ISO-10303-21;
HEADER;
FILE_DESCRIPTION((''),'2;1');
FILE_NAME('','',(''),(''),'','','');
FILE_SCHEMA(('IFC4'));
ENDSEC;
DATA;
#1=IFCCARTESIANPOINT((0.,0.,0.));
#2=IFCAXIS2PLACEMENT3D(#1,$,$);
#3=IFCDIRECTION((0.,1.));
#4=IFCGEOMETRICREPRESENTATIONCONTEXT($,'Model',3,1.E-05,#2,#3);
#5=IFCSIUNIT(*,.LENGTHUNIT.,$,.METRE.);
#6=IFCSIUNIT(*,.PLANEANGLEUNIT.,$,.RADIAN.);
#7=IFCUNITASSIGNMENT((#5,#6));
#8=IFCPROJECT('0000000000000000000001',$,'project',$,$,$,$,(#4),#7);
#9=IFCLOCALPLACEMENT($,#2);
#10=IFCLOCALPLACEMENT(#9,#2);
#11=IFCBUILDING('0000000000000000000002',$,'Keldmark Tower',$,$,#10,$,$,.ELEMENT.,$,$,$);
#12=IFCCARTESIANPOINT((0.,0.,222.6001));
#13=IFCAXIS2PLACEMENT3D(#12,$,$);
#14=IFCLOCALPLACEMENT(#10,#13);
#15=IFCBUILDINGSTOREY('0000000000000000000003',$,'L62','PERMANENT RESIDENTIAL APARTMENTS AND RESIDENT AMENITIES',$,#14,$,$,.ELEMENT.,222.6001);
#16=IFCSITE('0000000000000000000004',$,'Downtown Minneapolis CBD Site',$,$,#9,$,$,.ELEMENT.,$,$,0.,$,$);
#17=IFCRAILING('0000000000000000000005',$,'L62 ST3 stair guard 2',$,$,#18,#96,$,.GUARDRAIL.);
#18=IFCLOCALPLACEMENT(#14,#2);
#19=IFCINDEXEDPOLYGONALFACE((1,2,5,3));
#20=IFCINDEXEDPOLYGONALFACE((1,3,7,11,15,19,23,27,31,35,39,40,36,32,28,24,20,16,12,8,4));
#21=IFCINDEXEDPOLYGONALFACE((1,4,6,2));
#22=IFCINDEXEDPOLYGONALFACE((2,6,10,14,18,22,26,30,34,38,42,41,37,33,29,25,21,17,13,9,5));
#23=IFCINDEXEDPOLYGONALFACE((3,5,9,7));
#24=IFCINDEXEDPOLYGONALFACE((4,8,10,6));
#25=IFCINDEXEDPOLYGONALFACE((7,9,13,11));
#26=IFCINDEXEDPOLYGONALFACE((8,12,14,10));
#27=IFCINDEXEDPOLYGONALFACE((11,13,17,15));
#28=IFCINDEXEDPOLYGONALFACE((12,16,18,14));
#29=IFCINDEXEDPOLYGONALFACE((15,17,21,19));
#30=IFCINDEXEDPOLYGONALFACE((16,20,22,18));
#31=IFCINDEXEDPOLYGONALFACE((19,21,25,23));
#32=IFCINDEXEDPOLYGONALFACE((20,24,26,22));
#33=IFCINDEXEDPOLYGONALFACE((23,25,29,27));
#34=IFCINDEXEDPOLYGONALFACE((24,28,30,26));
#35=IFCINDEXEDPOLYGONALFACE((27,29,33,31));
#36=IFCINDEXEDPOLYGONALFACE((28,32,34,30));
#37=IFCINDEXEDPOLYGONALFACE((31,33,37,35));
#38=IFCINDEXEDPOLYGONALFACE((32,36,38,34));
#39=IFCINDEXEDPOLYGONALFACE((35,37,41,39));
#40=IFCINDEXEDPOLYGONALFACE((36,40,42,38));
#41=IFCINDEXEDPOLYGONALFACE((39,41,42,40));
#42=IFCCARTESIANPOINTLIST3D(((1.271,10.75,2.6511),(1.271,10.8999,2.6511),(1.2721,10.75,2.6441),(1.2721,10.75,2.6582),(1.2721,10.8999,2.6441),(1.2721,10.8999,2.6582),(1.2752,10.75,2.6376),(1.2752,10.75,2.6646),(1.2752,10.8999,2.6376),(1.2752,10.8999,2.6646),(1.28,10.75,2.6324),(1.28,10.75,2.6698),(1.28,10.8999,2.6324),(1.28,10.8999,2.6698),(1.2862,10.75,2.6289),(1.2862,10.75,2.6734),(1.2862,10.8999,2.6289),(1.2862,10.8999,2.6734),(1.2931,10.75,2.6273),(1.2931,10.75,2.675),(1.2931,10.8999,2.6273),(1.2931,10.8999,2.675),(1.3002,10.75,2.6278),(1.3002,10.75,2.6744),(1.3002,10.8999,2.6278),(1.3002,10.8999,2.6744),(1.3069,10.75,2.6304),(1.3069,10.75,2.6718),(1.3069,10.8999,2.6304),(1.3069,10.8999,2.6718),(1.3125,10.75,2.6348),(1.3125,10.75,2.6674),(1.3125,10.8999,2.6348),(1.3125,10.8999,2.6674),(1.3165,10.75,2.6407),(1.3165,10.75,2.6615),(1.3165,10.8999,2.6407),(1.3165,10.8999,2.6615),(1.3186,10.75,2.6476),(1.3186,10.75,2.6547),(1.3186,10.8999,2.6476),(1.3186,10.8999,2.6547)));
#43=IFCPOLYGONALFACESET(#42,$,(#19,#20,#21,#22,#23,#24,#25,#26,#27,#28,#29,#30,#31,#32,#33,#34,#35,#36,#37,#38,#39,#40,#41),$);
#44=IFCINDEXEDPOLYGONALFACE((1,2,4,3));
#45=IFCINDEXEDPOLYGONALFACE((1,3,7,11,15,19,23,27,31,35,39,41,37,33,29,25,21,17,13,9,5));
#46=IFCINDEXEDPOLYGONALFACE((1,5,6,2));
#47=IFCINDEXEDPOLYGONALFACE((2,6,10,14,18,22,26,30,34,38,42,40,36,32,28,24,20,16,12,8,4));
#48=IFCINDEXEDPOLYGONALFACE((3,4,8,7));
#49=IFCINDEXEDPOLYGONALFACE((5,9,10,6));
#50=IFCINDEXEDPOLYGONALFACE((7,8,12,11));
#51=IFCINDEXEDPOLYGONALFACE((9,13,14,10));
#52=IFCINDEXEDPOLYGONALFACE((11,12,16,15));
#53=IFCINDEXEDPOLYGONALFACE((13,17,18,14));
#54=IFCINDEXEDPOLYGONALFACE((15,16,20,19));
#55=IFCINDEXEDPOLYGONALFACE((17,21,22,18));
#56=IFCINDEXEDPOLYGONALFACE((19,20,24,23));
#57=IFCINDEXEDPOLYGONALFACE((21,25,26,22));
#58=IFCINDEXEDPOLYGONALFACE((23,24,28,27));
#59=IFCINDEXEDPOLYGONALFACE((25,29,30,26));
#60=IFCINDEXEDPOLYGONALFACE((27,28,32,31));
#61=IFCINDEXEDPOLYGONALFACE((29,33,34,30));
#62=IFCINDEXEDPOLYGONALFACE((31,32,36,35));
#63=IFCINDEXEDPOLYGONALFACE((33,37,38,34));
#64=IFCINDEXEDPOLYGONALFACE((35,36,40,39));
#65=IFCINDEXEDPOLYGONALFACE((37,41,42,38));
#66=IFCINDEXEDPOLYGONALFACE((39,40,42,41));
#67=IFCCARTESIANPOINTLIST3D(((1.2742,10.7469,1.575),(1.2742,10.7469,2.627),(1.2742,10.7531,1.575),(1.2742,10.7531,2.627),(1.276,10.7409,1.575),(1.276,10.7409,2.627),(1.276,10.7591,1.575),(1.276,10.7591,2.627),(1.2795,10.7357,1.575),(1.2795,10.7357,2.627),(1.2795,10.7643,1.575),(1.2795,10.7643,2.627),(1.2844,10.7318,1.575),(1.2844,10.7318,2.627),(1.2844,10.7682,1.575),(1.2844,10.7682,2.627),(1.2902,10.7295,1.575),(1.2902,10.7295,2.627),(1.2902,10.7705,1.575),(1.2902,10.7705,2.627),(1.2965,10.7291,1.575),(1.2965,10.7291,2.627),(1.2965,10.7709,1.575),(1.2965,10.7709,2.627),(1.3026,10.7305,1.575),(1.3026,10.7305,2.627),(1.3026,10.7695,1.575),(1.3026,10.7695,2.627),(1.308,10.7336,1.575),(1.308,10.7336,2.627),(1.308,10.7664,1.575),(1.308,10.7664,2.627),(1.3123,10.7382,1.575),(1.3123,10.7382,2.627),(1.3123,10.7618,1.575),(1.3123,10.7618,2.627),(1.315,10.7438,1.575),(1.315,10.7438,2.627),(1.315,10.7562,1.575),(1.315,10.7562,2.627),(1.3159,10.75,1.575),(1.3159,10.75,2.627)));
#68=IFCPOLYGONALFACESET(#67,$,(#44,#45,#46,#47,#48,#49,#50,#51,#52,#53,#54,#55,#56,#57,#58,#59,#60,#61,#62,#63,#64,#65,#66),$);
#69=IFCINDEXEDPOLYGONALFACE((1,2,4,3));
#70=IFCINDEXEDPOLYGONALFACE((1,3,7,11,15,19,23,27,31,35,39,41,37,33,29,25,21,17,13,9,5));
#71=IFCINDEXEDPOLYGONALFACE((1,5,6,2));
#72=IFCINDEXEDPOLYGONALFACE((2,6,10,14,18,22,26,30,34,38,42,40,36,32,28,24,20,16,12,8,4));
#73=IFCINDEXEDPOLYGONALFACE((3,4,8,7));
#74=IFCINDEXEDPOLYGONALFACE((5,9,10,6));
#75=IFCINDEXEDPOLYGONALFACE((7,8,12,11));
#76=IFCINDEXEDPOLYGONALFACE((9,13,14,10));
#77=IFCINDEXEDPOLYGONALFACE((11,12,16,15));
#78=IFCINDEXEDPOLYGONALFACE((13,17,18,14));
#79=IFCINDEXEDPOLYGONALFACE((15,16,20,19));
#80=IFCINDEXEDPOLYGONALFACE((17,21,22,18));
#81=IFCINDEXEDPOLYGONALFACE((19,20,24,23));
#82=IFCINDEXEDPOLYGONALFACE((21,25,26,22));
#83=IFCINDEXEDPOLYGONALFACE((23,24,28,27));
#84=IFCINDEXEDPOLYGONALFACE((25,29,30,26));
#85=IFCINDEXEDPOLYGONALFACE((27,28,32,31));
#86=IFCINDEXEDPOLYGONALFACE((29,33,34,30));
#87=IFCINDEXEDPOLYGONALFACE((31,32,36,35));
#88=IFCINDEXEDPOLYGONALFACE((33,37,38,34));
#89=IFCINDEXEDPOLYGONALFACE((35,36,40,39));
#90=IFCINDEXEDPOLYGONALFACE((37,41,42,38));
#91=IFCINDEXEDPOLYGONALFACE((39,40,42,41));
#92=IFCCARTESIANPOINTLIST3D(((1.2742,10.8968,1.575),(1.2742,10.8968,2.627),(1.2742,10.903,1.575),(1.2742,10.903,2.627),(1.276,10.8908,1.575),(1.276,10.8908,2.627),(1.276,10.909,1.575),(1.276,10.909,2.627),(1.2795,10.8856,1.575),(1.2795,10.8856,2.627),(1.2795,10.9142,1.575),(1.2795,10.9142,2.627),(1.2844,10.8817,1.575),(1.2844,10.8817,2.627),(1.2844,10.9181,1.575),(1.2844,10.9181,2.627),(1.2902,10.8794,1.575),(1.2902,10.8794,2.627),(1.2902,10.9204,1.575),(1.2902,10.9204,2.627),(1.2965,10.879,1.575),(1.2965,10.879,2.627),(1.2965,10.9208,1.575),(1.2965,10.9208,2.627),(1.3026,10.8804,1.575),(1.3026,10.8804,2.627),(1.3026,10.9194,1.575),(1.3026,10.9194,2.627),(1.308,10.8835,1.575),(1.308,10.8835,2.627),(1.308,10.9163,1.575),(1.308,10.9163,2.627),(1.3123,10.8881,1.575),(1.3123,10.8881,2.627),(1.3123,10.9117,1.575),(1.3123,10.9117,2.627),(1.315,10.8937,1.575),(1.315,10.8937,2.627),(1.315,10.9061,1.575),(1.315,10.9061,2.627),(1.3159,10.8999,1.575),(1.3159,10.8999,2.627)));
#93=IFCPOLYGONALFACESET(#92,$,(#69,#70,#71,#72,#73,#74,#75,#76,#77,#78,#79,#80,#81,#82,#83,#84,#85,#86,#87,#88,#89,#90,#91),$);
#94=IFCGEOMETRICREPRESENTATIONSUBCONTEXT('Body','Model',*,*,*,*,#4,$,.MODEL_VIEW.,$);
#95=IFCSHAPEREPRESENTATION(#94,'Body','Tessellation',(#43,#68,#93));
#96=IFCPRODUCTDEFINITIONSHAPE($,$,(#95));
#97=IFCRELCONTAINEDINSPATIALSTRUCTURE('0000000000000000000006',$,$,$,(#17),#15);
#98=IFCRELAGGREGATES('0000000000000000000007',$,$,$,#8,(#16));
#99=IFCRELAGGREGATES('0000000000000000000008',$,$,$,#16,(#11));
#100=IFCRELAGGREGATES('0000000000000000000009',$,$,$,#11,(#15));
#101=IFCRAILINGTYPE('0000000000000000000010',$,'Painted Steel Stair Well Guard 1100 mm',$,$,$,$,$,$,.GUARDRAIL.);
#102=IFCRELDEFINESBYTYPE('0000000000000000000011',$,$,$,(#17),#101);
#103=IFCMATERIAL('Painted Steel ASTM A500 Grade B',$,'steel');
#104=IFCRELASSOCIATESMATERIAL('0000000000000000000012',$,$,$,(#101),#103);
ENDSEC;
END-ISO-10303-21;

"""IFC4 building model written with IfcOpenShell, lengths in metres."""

from ifc_helpers import new_model, si_unit, direction, frame, origin, origin_2d, place, context, subcontext, project, spatial, circle, extrude, material, type_object, element, save


model = new_model("IFC4")

# Units and contexts
model_context = context("Model", 3, precision=1e-05, world=origin(), true_north=direction((0.0, 1.0)))
body_context = subcontext(model_context, "Body", "Model", "MODEL_VIEW")
ifc_project = project(units=[si_unit("LENGTHUNIT", "METRE"), si_unit("PLANEANGLEUNIT", "RADIAN")], contexts=[model_context])

# Site, building, storey
site_placement = place(None, origin())
site = spatial("IfcSite", under=ifc_project, at=site_placement, Name="Downtown Minneapolis CBD Site", CompositionType="ELEMENT", RefElevation=0.0)
building_placement = place(site_placement, origin())
building = spatial("IfcBuilding", under=site, at=building_placement, Name="Keldmark Tower", CompositionType="ELEMENT")
storey_placement = place(building_placement, frame((0.0, 0.0, 222.6001)))
storey = spatial("IfcBuildingStorey", under=building, at=storey_placement, Name="L62", Description="PERMANENT RESIDENTIAL APARTMENTS AND RESIDENT AMENITIES", CompositionType="ELEMENT", Elevation=222.6001)

# Railing
ifc_material_1 = material(Name="Painted Steel ASTM A500 Grade B", Category="steel")
railing_type_1 = type_object("IfcRailingType", Name="Painted Steel Stair Well Guard 1100 mm", PredefinedType="GUARDRAIL", material=ifc_material_1)
railing_1_placement = place(storey_placement, frame((1.2949, 10.75, 1.575)))
element("IfcRailing", 1, at=railing_1_placement, inside=storey, type_object=railing_type_1, Name="L62 ST3 stair guard 2", PredefinedType="GUARDRAIL", context=body_context, shape_type="SweptSolid", body=[
    extrude(circle(Radius=0.0239, at=origin_2d()), frame((0.0, 0.0, 1.0762), z_axis=(0.0, 1.0, 0.0), x_axis=(-1.0, 0.0, 0.0)), (0.0, 0.0, 1.0), 0.1499),
    extrude(circle(Radius=0.021, at=origin_2d()), origin(), (0.0, 0.0, 1.0), 1.052),
    extrude(circle(Radius=0.021, at=origin_2d()), frame((0.0, 0.1499, 0.0)), (0.0, 0.0, 1.0), 1.052),
])

save(model, "model.ifc")
